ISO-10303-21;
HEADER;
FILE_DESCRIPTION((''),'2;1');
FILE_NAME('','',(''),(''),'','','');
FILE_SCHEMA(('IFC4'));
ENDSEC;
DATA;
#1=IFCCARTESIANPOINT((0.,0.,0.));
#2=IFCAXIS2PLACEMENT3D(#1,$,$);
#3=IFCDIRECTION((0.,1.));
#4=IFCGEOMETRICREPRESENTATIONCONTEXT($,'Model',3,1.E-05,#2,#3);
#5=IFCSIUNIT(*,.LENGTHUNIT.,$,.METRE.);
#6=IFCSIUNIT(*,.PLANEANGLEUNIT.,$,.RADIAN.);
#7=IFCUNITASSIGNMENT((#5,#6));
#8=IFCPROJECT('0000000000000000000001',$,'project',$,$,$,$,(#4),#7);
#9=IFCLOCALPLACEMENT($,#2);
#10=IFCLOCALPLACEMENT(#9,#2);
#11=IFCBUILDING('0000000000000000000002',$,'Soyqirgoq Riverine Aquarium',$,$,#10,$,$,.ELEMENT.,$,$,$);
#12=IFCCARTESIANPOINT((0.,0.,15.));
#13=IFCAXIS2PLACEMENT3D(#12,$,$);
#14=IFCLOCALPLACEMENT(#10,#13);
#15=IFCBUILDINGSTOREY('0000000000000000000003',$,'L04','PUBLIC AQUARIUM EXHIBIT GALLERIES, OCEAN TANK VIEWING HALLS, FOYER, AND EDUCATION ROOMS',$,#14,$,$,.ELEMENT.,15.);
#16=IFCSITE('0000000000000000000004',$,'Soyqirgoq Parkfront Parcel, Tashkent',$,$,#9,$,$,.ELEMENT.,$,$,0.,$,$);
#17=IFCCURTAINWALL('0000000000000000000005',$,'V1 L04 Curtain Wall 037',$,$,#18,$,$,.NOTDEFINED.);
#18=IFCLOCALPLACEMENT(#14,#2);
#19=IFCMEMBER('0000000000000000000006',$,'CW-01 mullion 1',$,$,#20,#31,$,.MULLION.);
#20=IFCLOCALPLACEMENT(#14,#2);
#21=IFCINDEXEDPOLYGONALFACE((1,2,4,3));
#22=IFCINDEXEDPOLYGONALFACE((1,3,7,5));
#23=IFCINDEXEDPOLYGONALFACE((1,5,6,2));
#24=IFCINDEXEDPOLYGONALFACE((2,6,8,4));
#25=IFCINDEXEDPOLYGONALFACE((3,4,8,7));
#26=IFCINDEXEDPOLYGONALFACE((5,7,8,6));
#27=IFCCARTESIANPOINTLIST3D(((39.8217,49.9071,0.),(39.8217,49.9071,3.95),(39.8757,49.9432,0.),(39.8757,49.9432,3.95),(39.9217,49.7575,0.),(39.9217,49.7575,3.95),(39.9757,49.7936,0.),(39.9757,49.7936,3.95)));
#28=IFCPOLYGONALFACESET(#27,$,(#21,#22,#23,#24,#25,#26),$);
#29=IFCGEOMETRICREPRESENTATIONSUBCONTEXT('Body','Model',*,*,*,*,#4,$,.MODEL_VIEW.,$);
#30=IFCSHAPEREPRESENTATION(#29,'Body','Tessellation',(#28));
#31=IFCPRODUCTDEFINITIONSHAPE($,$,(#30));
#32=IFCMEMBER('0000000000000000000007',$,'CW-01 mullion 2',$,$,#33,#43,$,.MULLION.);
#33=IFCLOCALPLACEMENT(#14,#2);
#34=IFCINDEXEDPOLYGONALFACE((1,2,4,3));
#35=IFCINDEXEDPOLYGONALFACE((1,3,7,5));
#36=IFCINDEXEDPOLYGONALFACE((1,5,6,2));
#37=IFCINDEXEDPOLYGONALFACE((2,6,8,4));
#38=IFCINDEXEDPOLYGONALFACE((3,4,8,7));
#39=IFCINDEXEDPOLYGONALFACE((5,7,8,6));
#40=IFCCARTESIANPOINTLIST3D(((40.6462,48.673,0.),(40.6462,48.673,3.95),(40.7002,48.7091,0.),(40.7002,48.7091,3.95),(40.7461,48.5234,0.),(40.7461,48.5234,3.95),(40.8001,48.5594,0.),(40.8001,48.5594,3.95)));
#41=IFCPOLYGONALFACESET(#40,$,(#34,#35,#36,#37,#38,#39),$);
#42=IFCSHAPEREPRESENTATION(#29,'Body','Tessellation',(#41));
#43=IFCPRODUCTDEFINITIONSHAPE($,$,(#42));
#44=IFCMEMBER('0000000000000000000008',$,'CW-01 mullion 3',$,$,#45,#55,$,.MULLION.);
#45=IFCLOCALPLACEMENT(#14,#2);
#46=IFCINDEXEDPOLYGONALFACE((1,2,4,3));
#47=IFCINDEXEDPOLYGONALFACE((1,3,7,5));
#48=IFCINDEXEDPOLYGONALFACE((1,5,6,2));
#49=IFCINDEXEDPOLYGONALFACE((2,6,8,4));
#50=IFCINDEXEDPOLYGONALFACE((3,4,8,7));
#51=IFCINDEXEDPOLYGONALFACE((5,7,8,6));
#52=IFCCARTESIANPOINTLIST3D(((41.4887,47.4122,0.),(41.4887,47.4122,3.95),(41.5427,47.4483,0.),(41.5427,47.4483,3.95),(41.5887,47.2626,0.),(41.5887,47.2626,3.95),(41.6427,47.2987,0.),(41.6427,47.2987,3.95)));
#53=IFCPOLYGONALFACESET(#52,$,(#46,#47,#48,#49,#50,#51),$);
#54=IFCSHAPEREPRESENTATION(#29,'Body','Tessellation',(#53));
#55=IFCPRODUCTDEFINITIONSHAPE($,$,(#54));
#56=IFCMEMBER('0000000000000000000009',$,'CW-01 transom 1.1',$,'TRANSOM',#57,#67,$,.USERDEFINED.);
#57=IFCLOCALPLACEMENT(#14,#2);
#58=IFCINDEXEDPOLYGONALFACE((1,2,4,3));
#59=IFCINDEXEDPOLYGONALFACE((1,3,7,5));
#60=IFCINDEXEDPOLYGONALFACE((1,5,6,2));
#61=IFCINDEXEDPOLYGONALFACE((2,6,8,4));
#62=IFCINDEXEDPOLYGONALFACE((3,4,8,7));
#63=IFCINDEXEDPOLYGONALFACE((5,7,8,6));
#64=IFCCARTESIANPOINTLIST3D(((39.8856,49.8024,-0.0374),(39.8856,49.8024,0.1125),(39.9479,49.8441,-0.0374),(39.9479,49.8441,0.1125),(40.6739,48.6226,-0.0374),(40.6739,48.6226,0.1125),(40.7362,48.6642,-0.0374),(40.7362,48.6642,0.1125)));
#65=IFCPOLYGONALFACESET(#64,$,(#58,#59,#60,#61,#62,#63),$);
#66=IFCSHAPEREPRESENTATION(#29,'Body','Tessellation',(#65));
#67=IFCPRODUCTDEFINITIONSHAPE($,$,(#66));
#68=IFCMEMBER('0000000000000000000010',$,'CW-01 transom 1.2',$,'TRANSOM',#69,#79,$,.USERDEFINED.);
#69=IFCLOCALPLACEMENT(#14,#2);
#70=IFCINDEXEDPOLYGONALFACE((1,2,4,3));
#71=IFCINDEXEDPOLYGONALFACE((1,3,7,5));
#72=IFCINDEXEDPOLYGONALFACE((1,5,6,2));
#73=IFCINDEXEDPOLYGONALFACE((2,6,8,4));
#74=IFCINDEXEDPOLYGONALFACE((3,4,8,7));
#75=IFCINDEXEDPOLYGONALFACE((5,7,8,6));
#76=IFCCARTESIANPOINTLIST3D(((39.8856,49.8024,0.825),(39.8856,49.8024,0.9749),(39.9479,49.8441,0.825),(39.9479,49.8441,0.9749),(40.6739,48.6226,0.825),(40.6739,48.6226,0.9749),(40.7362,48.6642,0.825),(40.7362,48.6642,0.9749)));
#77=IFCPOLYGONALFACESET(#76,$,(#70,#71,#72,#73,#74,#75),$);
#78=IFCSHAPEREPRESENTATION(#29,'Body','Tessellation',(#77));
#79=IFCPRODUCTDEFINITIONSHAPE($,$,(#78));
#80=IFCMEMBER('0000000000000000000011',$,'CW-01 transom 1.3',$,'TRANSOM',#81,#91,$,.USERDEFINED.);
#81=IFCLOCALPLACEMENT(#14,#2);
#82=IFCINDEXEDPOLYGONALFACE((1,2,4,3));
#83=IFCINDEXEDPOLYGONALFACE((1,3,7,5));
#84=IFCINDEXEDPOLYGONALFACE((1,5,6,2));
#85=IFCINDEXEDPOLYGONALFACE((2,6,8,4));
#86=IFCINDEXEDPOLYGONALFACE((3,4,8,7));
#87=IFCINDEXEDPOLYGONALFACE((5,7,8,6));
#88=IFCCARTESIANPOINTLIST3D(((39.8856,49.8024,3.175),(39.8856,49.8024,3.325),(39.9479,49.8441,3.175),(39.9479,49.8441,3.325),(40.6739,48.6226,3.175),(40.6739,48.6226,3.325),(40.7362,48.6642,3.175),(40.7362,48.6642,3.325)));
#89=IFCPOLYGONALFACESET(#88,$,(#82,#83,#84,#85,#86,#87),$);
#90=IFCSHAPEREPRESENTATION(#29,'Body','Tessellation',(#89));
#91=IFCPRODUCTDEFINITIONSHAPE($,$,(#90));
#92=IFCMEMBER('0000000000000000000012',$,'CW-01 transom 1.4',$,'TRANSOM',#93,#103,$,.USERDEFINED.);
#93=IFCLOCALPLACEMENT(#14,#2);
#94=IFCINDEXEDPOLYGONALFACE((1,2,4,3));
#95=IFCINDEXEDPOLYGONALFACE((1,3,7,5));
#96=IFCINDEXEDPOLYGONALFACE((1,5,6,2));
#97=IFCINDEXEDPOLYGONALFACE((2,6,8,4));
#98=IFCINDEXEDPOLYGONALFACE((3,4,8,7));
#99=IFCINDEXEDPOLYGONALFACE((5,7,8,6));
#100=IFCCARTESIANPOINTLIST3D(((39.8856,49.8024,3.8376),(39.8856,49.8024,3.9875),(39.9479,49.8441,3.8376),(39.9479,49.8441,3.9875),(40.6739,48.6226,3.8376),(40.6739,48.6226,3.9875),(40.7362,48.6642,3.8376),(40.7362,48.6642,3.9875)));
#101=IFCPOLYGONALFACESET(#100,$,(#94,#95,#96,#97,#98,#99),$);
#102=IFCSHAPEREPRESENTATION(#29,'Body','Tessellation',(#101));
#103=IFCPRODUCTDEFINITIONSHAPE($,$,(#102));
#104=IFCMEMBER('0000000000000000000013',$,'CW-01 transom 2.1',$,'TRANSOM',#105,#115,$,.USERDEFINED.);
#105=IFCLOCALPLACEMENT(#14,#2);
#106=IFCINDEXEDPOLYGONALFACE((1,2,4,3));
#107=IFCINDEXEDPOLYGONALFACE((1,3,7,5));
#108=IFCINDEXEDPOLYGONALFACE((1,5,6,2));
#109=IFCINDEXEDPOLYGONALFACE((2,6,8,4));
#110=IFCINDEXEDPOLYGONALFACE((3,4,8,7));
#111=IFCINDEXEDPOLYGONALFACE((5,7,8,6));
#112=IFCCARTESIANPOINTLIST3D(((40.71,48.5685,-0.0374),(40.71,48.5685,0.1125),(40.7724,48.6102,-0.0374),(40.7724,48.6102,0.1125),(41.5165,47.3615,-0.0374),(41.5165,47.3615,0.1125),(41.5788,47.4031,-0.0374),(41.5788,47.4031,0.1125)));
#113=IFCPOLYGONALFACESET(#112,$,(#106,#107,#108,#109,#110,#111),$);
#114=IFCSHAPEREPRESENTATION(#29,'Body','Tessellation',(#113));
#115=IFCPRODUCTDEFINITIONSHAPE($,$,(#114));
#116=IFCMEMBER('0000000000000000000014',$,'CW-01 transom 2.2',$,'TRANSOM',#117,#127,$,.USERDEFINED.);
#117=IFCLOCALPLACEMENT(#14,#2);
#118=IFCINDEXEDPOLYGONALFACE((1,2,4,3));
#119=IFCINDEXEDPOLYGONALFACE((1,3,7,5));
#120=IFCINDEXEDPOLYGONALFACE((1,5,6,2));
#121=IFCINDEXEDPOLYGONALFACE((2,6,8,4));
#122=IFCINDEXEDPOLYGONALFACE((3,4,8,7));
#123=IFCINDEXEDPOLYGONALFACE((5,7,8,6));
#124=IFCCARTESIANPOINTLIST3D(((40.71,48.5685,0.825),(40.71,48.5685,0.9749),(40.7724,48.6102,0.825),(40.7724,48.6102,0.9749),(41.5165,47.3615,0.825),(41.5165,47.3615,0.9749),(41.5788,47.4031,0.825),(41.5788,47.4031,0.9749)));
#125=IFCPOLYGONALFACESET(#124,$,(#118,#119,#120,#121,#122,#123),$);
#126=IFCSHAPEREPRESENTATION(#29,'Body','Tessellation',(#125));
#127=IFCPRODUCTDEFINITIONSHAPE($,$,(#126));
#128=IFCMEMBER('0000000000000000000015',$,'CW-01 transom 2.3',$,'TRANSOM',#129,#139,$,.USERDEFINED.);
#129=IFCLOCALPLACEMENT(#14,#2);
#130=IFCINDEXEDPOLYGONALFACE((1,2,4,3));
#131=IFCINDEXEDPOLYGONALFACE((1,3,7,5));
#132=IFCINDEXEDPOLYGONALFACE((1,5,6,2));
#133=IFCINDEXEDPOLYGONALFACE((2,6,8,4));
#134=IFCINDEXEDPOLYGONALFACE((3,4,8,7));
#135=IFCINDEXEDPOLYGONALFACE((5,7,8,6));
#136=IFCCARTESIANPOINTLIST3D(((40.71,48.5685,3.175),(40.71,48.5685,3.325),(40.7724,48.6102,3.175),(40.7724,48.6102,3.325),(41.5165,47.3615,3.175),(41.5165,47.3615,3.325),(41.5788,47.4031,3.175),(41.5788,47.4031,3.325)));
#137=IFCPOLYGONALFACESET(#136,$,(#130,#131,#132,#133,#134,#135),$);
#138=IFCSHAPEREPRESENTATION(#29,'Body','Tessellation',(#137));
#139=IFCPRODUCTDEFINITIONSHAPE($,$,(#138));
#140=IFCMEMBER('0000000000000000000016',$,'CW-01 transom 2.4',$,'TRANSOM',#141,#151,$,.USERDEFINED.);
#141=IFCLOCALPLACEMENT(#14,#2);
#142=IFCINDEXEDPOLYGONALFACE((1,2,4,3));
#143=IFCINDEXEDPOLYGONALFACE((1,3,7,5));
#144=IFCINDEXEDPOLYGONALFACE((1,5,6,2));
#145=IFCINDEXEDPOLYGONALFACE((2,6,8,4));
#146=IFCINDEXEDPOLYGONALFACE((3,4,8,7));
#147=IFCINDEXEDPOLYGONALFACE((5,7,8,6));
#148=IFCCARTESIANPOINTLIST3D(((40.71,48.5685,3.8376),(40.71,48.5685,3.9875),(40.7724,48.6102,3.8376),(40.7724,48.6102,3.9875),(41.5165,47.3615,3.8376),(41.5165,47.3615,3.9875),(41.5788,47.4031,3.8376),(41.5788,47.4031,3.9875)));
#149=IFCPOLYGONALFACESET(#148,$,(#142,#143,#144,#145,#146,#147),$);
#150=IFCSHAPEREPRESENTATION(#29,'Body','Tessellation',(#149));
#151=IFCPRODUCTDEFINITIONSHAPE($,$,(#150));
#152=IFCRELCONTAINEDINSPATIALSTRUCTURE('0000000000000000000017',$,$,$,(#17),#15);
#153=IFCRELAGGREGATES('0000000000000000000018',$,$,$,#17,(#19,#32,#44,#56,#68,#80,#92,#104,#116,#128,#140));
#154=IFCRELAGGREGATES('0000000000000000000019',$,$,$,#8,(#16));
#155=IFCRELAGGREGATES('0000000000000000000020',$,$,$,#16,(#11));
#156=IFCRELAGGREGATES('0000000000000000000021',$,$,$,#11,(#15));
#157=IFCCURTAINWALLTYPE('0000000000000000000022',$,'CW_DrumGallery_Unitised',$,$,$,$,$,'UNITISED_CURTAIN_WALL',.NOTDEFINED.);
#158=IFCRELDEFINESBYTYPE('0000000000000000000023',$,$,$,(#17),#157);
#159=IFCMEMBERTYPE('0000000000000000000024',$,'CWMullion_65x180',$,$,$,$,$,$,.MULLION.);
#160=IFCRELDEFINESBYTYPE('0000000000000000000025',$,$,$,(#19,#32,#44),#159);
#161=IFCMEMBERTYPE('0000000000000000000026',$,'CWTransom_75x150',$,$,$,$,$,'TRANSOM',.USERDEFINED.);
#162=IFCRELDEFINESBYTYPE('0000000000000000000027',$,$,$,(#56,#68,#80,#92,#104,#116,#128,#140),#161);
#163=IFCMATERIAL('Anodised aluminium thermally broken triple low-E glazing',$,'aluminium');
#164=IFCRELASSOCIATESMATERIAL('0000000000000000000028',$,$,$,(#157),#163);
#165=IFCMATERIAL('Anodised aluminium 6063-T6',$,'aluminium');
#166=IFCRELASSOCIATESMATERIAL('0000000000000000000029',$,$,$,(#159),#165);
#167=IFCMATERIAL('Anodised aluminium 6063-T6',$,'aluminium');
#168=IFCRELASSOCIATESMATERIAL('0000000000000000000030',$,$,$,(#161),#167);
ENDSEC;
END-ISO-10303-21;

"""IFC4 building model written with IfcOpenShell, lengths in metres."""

from ifc_helpers import new_model, si_unit, direction, frame, origin, origin_2d, place, context, subcontext, project, spatial, rectangle, extrude, material, material_profile, profile_set, type_object, element, aggregate, save


model = new_model("IFC4")

# Units and contexts
model_context = context("Model", 3, precision=1e-05, world=origin(), true_north=direction((0.0, 1.0)))
body_context = subcontext(model_context, "Body", "Model", "MODEL_VIEW")
ifc_project = project(units=[si_unit("LENGTHUNIT", "METRE"), si_unit("PLANEANGLEUNIT", "RADIAN")], contexts=[model_context])

# Site, building, storey
site_placement = place(None, origin())
site = spatial("IfcSite", under=ifc_project, at=site_placement, Name="Soyqirgoq Parkfront Parcel, Tashkent", CompositionType="ELEMENT", RefElevation=0.0)
building_placement = place(site_placement, origin())
building = spatial("IfcBuilding", under=site, at=building_placement, Name="Soyqirgoq Riverine Aquarium", CompositionType="ELEMENT")
storey_placement = place(building_placement, frame((0.0, 0.0, 15.0)))
storey = spatial("IfcBuildingStorey", under=building, at=storey_placement, Name="L04", Description="PUBLIC AQUARIUM EXHIBIT GALLERIES, OCEAN TANK VIEWING HALLS, FOYER, AND EDUCATION ROOMS", CompositionType="ELEMENT", Elevation=15.0)

# Curtain wall, members
ifc_material_1 = material(Name="Anodised aluminium thermally broken triple low-E glazing", Category="aluminium")
curtain_wall_type = type_object("IfcCurtainWallType", Name="CW_DrumGallery_Unitised", ElementType="UNITISED_CURTAIN_WALL", PredefinedType="NOTDEFINED", material=ifc_material_1)
curtain_wall_placement = place(storey_placement, origin())
curtain_wall = element("IfcCurtainWall", 1, at=curtain_wall_placement, inside=storey, type_object=curtain_wall_type, Name="V1 L04 Curtain Wall 037", PredefinedType="NOTDEFINED")
ifc_material_2 = material(Name="Anodised aluminium 6063-T6", Category="aluminium")
ifc_material_profile_1 = material_profile(ifc_material_2, rectangle(XDim=0.0649, YDim=0.1799, at=origin_2d()), Name="ALU-M 65x180")
ifc_profile_set_1 = profile_set([ifc_material_profile_1], Name="Anodised aluminium 6063-T6")
member_type_1 = type_object("IfcMemberType", Name="CWMullion_65x180", PredefinedType="MULLION", material=ifc_profile_set_1)
member_1_placement = place(storey_placement, frame((39.8987, 49.8503, 0.0), z_axis=(0.0, 0.0, 1.0), x_axis=(0.831464, 0.555579, 0.0)))
member_1 = element("IfcMember", 2, at=member_1_placement, type_object=member_type_1, Name="CW-01 mullion 1", PredefinedType="MULLION", context=body_context, shape_type="SweptSolid", body=[
    extrude(rectangle(XDim=0.0649, YDim=0.1799, at=origin_2d()), origin(), (0.0, 0.0, 1.0), 3.95),
])
member_2_placement = place(storey_placement, frame((40.7231, 48.6162, 0.0), z_axis=(0.0, 0.0, 1.0), x_axis=(0.831464, 0.555579, 0.0)))
member_2 = element("IfcMember", 3, at=member_2_placement, type_object=member_type_1, Name="CW-01 mullion 2", PredefinedType="MULLION", context=body_context, shape_type="SweptSolid", body=[
    extrude(rectangle(XDim=0.0649, YDim=0.1799, at=origin_2d()), origin(), (0.0, 0.0, 1.0), 3.95),
])
member_3_placement = place(storey_placement, frame((41.5657, 47.3555, 0.0), z_axis=(0.0, 0.0, 1.0), x_axis=(0.831464, 0.555579, 0.0)))
member_3 = element("IfcMember", 4, at=member_3_placement, type_object=member_type_1, Name="CW-01 mullion 3", PredefinedType="MULLION", context=body_context, shape_type="SweptSolid", body=[
    extrude(rectangle(XDim=0.0649, YDim=0.1799, at=origin_2d()), origin(), (0.0, 0.0, 1.0), 3.95),
])
ifc_material_3 = material(Name="Anodised aluminium 6063-T6", Category="aluminium")
ifc_material_profile_2 = material_profile(ifc_material_3, rectangle(XDim=0.075, YDim=0.1499, at=origin_2d()), Name="ALU-T 75x150")
ifc_profile_set_2 = profile_set([ifc_material_profile_2], Name="Anodised aluminium 6063-T6")
member_type_2 = type_object("IfcMemberType", Name="CWTransom_75x150", ElementType="TRANSOM", PredefinedType="USERDEFINED", material=ifc_profile_set_2)
member_4_placement = place(storey_placement, frame((39.9167, 49.8232, 0.0376), z_axis=(0.555534, -0.831494, 0.0), x_axis=(0.831494, 0.555534, 0.0)))
member_4 = element("IfcMember", 5, at=member_4_placement, type_object=member_type_2, Name="CW-01 transom 1.1", ObjectType="TRANSOM", PredefinedType="USERDEFINED", context=body_context, shape_type="SweptSolid", body=[
    extrude(rectangle(XDim=0.075, YDim=0.1499, at=origin_2d()), origin(), (0.0, 0.0, 1.0), 1.4189),
])
member_5_placement = place(storey_placement, frame((39.9167, 49.8232, 0.8999), z_axis=(0.555534, -0.831494, 0.0), x_axis=(0.831494, 0.555534, 0.0)))
member_5 = element("IfcMember", 6, at=member_5_placement, type_object=member_type_2, Name="CW-01 transom 1.2", ObjectType="TRANSOM", PredefinedType="USERDEFINED", context=body_context, shape_type="SweptSolid", body=[
    extrude(rectangle(XDim=0.075, YDim=0.1499, at=origin_2d()), origin(), (0.0, 0.0, 1.0), 1.4189),
])
member_6_placement = place(storey_placement, frame((39.9167, 49.8232, 3.25), z_axis=(0.555534, -0.831494, 0.0), x_axis=(0.831494, 0.555534, 0.0)))
member_6 = element("IfcMember", 7, at=member_6_placement, type_object=member_type_2, Name="CW-01 transom 1.3", ObjectType="TRANSOM", PredefinedType="USERDEFINED", context=body_context, shape_type="SweptSolid", body=[
    extrude(rectangle(XDim=0.075, YDim=0.1499, at=origin_2d()), origin(), (0.0, 0.0, 1.0), 1.4189),
])
member_7_placement = place(storey_placement, frame((39.9167, 49.8232, 3.9126), z_axis=(0.555534, -0.831494, 0.0), x_axis=(0.831494, 0.555534, 0.0)))
member_7 = element("IfcMember", 8, at=member_7_placement, type_object=member_type_2, Name="CW-01 transom 1.4", ObjectType="TRANSOM", PredefinedType="USERDEFINED", context=body_context, shape_type="SweptSolid", body=[
    extrude(rectangle(XDim=0.075, YDim=0.1499, at=origin_2d()), origin(), (0.0, 0.0, 1.0), 1.4189),
])
member_8_placement = place(storey_placement, frame((40.7412, 48.5894, 0.0376), z_axis=(0.555515, -0.831507, 0.0), x_axis=(0.831507, 0.555515, 0.0)))
member_8 = element("IfcMember", 9, at=member_8_placement, type_object=member_type_2, Name="CW-01 transom 2.1", ObjectType="TRANSOM", PredefinedType="USERDEFINED", context=body_context, shape_type="SweptSolid", body=[
    extrude(rectangle(XDim=0.075, YDim=0.1499, at=origin_2d()), origin(), (0.0, 0.0, 1.0), 1.4517),
])
member_9_placement = place(storey_placement, frame((40.7412, 48.5894, 0.8999), z_axis=(0.555515, -0.831507, 0.0), x_axis=(0.831507, 0.555515, 0.0)))
member_9 = element("IfcMember", 10, at=member_9_placement, type_object=member_type_2, Name="CW-01 transom 2.2", ObjectType="TRANSOM", PredefinedType="USERDEFINED", context=body_context, shape_type="SweptSolid", body=[
    extrude(rectangle(XDim=0.075, YDim=0.1499, at=origin_2d()), origin(), (0.0, 0.0, 1.0), 1.4517),
])
member_10_placement = place(storey_placement, frame((40.7412, 48.5894, 3.25), z_axis=(0.555515, -0.831507, 0.0), x_axis=(0.831507, 0.555515, 0.0)))
member_10 = element("IfcMember", 11, at=member_10_placement, type_object=member_type_2, Name="CW-01 transom 2.3", ObjectType="TRANSOM", PredefinedType="USERDEFINED", context=body_context, shape_type="SweptSolid", body=[
    extrude(rectangle(XDim=0.075, YDim=0.1499, at=origin_2d()), origin(), (0.0, 0.0, 1.0), 1.4517),
])
member_11_placement = place(storey_placement, frame((40.7412, 48.5894, 3.9126), z_axis=(0.555515, -0.831507, 0.0), x_axis=(0.831507, 0.555515, 0.0)))
member_11 = element("IfcMember", 12, at=member_11_placement, type_object=member_type_2, Name="CW-01 transom 2.4", ObjectType="TRANSOM", PredefinedType="USERDEFINED", context=body_context, shape_type="SweptSolid", body=[
    extrude(rectangle(XDim=0.075, YDim=0.1499, at=origin_2d()), origin(), (0.0, 0.0, 1.0), 1.4517),
])

aggregate(curtain_wall, [member_1, member_2, member_3, member_4, member_5, member_6, member_7, member_8, member_9, member_10, member_11])

save(model, "model.ifc")
